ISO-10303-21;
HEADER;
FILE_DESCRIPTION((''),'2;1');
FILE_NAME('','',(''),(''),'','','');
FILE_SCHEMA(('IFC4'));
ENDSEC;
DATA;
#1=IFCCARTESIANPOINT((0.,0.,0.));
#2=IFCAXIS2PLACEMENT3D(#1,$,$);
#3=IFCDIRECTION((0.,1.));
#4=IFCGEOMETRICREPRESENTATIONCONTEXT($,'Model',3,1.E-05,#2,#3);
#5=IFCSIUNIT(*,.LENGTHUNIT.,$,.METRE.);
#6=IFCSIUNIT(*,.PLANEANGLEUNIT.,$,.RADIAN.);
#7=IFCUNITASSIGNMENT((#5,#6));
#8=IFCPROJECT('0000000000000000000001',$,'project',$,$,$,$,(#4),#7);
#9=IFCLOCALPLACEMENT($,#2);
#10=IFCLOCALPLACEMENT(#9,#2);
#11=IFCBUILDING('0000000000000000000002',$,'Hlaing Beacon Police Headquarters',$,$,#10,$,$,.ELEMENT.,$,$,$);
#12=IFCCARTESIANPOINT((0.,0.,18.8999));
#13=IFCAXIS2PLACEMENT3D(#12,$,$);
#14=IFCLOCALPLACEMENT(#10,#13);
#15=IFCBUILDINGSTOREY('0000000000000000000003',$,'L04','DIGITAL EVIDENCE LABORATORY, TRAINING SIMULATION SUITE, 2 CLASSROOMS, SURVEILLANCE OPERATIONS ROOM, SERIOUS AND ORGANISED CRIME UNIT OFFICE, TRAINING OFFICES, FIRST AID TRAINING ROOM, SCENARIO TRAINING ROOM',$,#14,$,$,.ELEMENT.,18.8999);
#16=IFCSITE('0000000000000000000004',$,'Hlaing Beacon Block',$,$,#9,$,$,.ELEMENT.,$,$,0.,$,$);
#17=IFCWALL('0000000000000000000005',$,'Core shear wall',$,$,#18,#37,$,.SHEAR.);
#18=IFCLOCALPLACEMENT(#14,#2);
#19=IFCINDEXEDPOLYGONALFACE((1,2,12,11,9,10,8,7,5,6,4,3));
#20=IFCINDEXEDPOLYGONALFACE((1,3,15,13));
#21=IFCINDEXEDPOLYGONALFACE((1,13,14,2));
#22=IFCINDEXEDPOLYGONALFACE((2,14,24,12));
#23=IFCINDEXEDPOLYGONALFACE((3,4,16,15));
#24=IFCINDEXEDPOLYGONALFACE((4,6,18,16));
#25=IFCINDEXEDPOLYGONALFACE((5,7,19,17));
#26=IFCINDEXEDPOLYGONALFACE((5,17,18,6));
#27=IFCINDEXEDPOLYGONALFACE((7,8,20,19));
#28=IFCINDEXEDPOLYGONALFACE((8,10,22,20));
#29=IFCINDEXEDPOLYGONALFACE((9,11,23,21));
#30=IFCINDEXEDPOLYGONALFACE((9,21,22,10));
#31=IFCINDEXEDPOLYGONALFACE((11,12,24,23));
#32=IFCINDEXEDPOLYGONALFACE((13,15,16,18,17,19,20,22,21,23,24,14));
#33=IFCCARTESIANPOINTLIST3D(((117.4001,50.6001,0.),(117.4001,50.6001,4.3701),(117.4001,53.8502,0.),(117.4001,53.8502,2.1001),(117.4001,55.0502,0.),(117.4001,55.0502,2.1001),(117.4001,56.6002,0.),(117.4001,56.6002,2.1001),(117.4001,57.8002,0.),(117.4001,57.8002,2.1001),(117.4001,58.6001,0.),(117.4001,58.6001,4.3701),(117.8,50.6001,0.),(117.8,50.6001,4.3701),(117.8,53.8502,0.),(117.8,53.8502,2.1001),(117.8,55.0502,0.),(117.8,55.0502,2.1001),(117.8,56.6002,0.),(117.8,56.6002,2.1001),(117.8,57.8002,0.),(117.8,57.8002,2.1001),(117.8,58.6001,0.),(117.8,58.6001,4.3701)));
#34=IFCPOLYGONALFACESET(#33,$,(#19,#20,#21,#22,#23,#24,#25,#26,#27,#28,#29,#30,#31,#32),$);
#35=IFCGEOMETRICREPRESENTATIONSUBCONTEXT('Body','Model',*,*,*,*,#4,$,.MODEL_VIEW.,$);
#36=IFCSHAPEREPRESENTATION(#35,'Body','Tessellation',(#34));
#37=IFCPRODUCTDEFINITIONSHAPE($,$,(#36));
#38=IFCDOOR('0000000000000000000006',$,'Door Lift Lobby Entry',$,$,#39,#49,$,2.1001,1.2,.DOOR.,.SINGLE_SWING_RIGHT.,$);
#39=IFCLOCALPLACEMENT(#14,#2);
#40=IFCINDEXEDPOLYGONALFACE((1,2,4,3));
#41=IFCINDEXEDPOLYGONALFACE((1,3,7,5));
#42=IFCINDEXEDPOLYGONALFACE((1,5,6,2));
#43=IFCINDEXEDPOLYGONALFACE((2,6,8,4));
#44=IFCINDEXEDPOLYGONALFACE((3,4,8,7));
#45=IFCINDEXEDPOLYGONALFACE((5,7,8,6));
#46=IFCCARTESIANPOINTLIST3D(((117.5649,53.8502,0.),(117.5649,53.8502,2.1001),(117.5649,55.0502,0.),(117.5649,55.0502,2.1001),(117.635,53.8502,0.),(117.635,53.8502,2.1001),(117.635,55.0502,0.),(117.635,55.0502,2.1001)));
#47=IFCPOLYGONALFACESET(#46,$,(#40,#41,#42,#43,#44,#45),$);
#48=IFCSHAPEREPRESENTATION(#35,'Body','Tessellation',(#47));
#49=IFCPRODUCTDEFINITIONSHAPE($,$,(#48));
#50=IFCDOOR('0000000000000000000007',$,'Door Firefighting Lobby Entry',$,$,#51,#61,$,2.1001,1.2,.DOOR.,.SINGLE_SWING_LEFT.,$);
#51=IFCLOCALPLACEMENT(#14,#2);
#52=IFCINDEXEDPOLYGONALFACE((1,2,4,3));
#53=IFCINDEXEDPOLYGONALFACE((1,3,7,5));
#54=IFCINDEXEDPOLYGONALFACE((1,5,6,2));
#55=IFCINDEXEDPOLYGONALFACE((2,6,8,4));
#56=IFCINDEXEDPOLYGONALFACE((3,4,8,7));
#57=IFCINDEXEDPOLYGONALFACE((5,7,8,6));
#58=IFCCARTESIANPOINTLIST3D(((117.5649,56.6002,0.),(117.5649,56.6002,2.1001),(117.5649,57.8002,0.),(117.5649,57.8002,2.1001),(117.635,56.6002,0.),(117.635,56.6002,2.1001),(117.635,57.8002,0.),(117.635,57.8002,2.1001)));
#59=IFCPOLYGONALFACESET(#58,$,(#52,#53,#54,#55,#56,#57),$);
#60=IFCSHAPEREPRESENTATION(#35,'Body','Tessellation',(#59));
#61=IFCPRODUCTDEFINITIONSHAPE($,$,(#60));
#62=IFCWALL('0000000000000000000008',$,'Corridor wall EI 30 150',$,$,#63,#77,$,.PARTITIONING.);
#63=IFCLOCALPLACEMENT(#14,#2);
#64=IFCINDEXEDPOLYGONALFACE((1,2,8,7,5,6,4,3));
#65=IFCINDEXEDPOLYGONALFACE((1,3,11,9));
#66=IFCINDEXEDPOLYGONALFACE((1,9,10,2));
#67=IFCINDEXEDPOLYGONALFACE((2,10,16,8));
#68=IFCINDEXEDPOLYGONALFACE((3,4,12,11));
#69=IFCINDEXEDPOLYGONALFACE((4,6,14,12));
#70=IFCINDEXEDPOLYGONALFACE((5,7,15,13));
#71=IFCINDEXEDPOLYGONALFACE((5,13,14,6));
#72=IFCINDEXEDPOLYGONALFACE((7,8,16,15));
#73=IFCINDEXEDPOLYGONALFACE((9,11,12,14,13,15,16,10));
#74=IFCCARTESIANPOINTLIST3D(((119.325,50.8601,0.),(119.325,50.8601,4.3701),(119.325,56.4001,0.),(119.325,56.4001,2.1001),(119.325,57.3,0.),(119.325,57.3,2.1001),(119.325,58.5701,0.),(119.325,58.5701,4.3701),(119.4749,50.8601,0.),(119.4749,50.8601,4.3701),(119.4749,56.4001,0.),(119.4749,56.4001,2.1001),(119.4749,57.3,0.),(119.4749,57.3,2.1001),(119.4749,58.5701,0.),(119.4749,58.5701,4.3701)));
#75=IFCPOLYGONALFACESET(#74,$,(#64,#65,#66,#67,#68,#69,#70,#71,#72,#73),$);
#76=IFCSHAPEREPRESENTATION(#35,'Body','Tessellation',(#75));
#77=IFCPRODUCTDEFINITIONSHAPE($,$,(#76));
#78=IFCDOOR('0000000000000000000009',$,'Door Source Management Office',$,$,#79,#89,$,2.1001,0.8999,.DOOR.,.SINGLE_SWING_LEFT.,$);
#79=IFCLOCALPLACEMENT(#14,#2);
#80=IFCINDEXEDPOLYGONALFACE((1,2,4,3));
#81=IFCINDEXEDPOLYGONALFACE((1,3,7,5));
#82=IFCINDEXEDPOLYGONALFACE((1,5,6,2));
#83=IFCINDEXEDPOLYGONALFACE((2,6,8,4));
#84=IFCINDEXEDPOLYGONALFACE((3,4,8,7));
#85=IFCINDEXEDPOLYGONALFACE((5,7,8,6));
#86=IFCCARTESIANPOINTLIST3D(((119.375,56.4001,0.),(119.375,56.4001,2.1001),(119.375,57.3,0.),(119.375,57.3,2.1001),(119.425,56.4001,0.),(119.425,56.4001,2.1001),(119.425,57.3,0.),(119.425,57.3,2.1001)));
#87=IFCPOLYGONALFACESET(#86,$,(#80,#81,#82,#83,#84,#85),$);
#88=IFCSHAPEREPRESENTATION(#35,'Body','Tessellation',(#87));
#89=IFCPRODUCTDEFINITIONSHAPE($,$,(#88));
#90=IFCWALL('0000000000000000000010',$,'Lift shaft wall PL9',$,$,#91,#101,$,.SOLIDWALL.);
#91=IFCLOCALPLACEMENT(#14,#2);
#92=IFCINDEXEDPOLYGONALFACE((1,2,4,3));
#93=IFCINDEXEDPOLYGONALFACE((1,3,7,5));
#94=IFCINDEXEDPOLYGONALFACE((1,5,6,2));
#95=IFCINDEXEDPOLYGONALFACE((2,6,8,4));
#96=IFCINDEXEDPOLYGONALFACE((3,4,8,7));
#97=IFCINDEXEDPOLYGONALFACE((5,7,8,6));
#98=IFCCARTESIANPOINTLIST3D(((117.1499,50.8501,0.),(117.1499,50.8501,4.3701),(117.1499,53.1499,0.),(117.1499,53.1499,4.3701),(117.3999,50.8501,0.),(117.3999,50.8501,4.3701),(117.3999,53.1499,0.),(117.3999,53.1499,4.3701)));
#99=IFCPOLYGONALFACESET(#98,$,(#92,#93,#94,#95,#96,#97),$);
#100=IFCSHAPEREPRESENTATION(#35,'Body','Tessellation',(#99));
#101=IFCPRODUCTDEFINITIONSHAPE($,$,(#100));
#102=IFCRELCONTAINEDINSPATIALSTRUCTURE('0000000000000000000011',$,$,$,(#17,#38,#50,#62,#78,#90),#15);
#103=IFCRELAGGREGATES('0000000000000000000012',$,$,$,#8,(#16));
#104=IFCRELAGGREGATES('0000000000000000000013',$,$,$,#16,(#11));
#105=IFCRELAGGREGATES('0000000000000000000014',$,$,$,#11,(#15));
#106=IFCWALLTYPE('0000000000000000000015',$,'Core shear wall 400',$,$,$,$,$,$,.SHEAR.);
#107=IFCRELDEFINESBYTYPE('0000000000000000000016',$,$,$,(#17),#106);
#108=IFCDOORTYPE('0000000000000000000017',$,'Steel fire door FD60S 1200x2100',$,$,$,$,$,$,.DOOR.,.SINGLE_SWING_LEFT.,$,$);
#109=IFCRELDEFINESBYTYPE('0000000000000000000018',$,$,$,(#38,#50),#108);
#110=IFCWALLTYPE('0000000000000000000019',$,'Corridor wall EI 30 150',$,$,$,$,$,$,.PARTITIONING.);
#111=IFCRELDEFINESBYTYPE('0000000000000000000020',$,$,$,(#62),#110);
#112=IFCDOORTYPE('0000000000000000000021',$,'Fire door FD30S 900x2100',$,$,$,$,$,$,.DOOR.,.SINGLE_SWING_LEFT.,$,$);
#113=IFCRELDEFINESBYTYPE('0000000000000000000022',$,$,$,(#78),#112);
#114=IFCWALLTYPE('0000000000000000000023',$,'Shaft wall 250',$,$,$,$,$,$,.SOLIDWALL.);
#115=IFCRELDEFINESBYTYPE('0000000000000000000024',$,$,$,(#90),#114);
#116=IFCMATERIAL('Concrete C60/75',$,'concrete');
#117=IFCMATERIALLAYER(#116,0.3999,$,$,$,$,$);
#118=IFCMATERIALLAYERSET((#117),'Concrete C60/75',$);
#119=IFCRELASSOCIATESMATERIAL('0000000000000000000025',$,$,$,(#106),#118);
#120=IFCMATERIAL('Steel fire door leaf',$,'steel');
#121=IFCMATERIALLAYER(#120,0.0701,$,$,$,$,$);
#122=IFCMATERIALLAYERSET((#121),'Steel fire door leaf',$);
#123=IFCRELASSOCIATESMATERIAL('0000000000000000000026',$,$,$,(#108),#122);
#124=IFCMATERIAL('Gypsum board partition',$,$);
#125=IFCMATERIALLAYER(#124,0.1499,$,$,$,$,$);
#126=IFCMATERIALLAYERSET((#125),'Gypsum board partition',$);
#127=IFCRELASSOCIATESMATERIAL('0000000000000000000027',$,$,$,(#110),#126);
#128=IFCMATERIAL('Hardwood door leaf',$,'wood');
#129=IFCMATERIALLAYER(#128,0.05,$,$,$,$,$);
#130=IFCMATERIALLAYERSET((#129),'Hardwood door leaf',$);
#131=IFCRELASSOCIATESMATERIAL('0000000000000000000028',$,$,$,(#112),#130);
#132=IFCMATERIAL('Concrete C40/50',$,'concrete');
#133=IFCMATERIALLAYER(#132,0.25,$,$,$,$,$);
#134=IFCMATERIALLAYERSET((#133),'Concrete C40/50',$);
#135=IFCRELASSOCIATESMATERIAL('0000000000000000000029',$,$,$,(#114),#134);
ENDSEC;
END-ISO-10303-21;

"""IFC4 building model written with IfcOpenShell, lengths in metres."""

from ifc_helpers import new_model, si_unit, direction, frame, frame_2d, origin, place, context, subcontext, project, spatial, rectangle, extrude, material, layer, layer_set, type_object, element, fill, save


model = new_model("IFC4")

# Units and contexts
model_context = context("Model", 3, precision=1e-05, world=origin(), true_north=direction((0.0, 1.0)))
body_context = subcontext(model_context, "Body", "Model", "MODEL_VIEW")
ifc_project = project(units=[si_unit("LENGTHUNIT", "METRE"), si_unit("PLANEANGLEUNIT", "RADIAN")], contexts=[model_context])

# Site, building, storey
site_placement = place(None, origin())
site = spatial("IfcSite", under=ifc_project, at=site_placement, Name="Hlaing Beacon Block", CompositionType="ELEMENT", RefElevation=0.0)
building_placement = place(site_placement, origin())
building = spatial("IfcBuilding", under=site, at=building_placement, Name="Hlaing Beacon Police Headquarters", CompositionType="ELEMENT")
storey_placement = place(building_placement, frame((0.0, 0.0, 18.8999)))
storey = spatial("IfcBuildingStorey", under=building, at=storey_placement, Name="L04", Description="DIGITAL EVIDENCE LABORATORY, TRAINING SIMULATION SUITE, 2 CLASSROOMS, SURVEILLANCE OPERATIONS ROOM, SERIOUS AND ORGANISED CRIME UNIT OFFICE, TRAINING OFFICES, FIRST AID TRAINING ROOM, SCENARIO TRAINING ROOM", CompositionType="ELEMENT", Elevation=18.8999)

# Wall, openings, doors
ifc_material_1 = material(Name="Concrete C60/75", Category="concrete")
ifc_layer_1 = layer(ifc_material_1, 0.3999)
ifc_layer_set_1 = layer_set([ifc_layer_1], Name="Concrete C60/75")
wall_type_1 = type_object("IfcWallType", Name="Core shear wall 400", PredefinedType="SHEAR", material=ifc_layer_set_1)
wall_1_placement = place(storey_placement, frame((117.6001, 50.6001, 0.0), z_axis=(0.0, 0.0, 1.0), x_axis=(0.0, 1.0, 0.0)))
wall_1 = element("IfcWall", 1, at=wall_1_placement, inside=storey, type_object=wall_type_1, Name="Core shear wall", PredefinedType="SHEAR", context=body_context, shape_type="SweptSolid", body=[
    extrude(rectangle(XDim=8.0, YDim=0.3999, at=frame_2d((4.0, 0.0))), origin(), (0.0, 0.0, 1.0), 4.3701),
])
opening_1_placement = place(wall_1_placement, frame((3.25, 0.0, 0.0)))
opening_1 = element("IfcOpeningElement", 2, at=opening_1_placement, cuts=wall_1, PredefinedType="OPENING", context=body_context, shape_type="SweptSolid", body=[
    extrude(rectangle(XDim=1.2, YDim=2.1001, at=frame_2d((0.6001, 1.05))), frame((0.0, 0.21, 0.0), z_axis=(0.0, -1.0, 0.0), x_axis=(1.0, 0.0, 0.0)), (0.0, 0.0, 1.0), 0.4199),
])
opening_2_placement = place(wall_1_placement, frame((6.0, 0.0, 0.0)))
opening_2 = element("IfcOpeningElement", 3, at=opening_2_placement, cuts=wall_1, PredefinedType="OPENING", context=body_context, shape_type="SweptSolid", body=[
    extrude(rectangle(XDim=1.2, YDim=2.1001, at=frame_2d((0.6001, 1.05))), frame((0.0, 0.21, 0.0), z_axis=(0.0, -1.0, 0.0), x_axis=(1.0, 0.0, 0.0)), (0.0, 0.0, 1.0), 0.4199),
])
ifc_material_2 = material(Name="Steel fire door leaf", Category="steel")
ifc_layer_2 = layer(ifc_material_2, 0.0701)
ifc_layer_set_2 = layer_set([ifc_layer_2], Name="Steel fire door leaf")
door_type_1 = type_object("IfcDoorType", Name="Steel fire door FD60S 1200x2100", OperationType="SINGLE_SWING_LEFT", PredefinedType="DOOR", material=ifc_layer_set_2)
door_1_placement = place(opening_1_placement, origin())
door_1 = element("IfcDoor", 4, at=door_1_placement, inside=storey, type_object=door_type_1, Name="Door Lift Lobby Entry", OperationType="SINGLE_SWING_RIGHT", OverallHeight=2.1001, OverallWidth=1.2, PredefinedType="DOOR", context=body_context, shape_type="SweptSolid", body=[
    extrude(rectangle(XDim=1.2, YDim=2.1001, at=frame_2d((0.6001, 1.05))), frame((0.0, 0.0352, 0.0), z_axis=(0.0, -1.0, 0.0), x_axis=(1.0, 0.0, 0.0)), (0.0, 0.0, 1.0), 0.0701),
])
fill(opening_1, door_1)
door_2_placement = place(opening_2_placement, origin())
door_2 = element("IfcDoor", 5, at=door_2_placement, inside=storey, type_object=door_type_1, Name="Door Firefighting Lobby Entry", OperationType="SINGLE_SWING_LEFT", OverallHeight=2.1001, OverallWidth=1.2, PredefinedType="DOOR", context=body_context, shape_type="SweptSolid", body=[
    extrude(rectangle(XDim=1.2, YDim=2.1001, at=frame_2d((0.6001, 1.05))), frame((0.0, 0.0352, 0.0), z_axis=(0.0, -1.0, 0.0), x_axis=(1.0, 0.0, 0.0)), (0.0, 0.0, 1.0), 0.0701),
])
fill(opening_2, door_2)

# Wall, opening, door
ifc_material_3 = material(Name="Gypsum board partition")
ifc_layer_3 = layer(ifc_material_3, 0.1499)
ifc_layer_set_3 = layer_set([ifc_layer_3], Name="Gypsum board partition")
wall_type_2 = type_object("IfcWallType", Name="Corridor wall EI 30 150", PredefinedType="PARTITIONING", material=ifc_layer_set_3)
wall_2_placement = place(storey_placement, frame((119.3999, 50.8601, 0.0), z_axis=(0.0, 0.0, 1.0), x_axis=(0.0, 1.0, 0.0)))
wall_2 = element("IfcWall", 6, at=wall_2_placement, inside=storey, type_object=wall_type_2, Name="Corridor wall EI 30 150", PredefinedType="PARTITIONING", context=body_context, shape_type="SweptSolid", body=[
    extrude(rectangle(XDim=7.71, YDim=0.1499, at=frame_2d((3.855, 0.0))), origin(), (0.0, 0.0, 1.0), 4.3701),
])
opening_3_placement = place(wall_2_placement, frame((5.54, 0.0, 0.0)))
opening_3 = element("IfcOpeningElement", 7, at=opening_3_placement, cuts=wall_2, PredefinedType="OPENING", context=body_context, shape_type="SweptSolid", body=[
    extrude(rectangle(XDim=0.8999, YDim=2.1001, at=frame_2d((0.45, 1.05))), frame((0.0, 0.085, 0.0), z_axis=(0.0, -1.0, 0.0), x_axis=(1.0, 0.0, 0.0)), (0.0, 0.0, 1.0), 0.1699),
])
ifc_material_4 = material(Name="Hardwood door leaf", Category="wood")
ifc_layer_4 = layer(ifc_material_4, 0.05)
ifc_layer_set_4 = layer_set([ifc_layer_4], Name="Hardwood door leaf")
door_type_2 = type_object("IfcDoorType", Name="Fire door FD30S 900x2100", OperationType="SINGLE_SWING_LEFT", PredefinedType="DOOR", material=ifc_layer_set_4)
door_3_placement = place(opening_3_placement, frame((0.8999, 0.0, 0.0), z_axis=(0.0, 0.0, 1.0), x_axis=(-1.0, 0.0, 0.0)))
door_3 = element("IfcDoor", 8, at=door_3_placement, inside=storey, type_object=door_type_2, Name="Door Source Management Office", OperationType="SINGLE_SWING_LEFT", OverallHeight=2.1001, OverallWidth=0.8999, PredefinedType="DOOR", context=body_context, shape_type="SweptSolid", body=[
    extrude(rectangle(XDim=0.8999, YDim=2.1001, at=frame_2d((0.45, 1.05))), frame((0.0, 0.0251, 0.0), z_axis=(0.0, -1.0, 0.0), x_axis=(1.0, 0.0, 0.0)), (0.0, 0.0, 1.0), 0.05),
])
fill(opening_3, door_3)

# Wall
ifc_material_5 = material(Name="Concrete C40/50", Category="concrete")
ifc_layer_5 = layer(ifc_material_5, 0.25)
ifc_layer_set_5 = layer_set([ifc_layer_5], Name="Concrete C40/50")
wall_type_3 = type_object("IfcWallType", Name="Shaft wall 250", PredefinedType="SOLIDWALL", material=ifc_layer_set_5)
wall_3_placement = place(storey_placement, frame((117.2749, 50.8501, 0.0), z_axis=(0.0, 0.0, 1.0), x_axis=(0.0, 1.0, 0.0)))
element("IfcWall", 9, at=wall_3_placement, inside=storey, type_object=wall_type_3, Name="Lift shaft wall PL9", PredefinedType="SOLIDWALL", context=body_context, shape_type="SweptSolid", body=[
    extrude(rectangle(XDim=2.2998, YDim=0.25, at=frame_2d((1.1499, 0.0))), origin(), (0.0, 0.0, 1.0), 4.3701),
])

save(model, "model.ifc")
